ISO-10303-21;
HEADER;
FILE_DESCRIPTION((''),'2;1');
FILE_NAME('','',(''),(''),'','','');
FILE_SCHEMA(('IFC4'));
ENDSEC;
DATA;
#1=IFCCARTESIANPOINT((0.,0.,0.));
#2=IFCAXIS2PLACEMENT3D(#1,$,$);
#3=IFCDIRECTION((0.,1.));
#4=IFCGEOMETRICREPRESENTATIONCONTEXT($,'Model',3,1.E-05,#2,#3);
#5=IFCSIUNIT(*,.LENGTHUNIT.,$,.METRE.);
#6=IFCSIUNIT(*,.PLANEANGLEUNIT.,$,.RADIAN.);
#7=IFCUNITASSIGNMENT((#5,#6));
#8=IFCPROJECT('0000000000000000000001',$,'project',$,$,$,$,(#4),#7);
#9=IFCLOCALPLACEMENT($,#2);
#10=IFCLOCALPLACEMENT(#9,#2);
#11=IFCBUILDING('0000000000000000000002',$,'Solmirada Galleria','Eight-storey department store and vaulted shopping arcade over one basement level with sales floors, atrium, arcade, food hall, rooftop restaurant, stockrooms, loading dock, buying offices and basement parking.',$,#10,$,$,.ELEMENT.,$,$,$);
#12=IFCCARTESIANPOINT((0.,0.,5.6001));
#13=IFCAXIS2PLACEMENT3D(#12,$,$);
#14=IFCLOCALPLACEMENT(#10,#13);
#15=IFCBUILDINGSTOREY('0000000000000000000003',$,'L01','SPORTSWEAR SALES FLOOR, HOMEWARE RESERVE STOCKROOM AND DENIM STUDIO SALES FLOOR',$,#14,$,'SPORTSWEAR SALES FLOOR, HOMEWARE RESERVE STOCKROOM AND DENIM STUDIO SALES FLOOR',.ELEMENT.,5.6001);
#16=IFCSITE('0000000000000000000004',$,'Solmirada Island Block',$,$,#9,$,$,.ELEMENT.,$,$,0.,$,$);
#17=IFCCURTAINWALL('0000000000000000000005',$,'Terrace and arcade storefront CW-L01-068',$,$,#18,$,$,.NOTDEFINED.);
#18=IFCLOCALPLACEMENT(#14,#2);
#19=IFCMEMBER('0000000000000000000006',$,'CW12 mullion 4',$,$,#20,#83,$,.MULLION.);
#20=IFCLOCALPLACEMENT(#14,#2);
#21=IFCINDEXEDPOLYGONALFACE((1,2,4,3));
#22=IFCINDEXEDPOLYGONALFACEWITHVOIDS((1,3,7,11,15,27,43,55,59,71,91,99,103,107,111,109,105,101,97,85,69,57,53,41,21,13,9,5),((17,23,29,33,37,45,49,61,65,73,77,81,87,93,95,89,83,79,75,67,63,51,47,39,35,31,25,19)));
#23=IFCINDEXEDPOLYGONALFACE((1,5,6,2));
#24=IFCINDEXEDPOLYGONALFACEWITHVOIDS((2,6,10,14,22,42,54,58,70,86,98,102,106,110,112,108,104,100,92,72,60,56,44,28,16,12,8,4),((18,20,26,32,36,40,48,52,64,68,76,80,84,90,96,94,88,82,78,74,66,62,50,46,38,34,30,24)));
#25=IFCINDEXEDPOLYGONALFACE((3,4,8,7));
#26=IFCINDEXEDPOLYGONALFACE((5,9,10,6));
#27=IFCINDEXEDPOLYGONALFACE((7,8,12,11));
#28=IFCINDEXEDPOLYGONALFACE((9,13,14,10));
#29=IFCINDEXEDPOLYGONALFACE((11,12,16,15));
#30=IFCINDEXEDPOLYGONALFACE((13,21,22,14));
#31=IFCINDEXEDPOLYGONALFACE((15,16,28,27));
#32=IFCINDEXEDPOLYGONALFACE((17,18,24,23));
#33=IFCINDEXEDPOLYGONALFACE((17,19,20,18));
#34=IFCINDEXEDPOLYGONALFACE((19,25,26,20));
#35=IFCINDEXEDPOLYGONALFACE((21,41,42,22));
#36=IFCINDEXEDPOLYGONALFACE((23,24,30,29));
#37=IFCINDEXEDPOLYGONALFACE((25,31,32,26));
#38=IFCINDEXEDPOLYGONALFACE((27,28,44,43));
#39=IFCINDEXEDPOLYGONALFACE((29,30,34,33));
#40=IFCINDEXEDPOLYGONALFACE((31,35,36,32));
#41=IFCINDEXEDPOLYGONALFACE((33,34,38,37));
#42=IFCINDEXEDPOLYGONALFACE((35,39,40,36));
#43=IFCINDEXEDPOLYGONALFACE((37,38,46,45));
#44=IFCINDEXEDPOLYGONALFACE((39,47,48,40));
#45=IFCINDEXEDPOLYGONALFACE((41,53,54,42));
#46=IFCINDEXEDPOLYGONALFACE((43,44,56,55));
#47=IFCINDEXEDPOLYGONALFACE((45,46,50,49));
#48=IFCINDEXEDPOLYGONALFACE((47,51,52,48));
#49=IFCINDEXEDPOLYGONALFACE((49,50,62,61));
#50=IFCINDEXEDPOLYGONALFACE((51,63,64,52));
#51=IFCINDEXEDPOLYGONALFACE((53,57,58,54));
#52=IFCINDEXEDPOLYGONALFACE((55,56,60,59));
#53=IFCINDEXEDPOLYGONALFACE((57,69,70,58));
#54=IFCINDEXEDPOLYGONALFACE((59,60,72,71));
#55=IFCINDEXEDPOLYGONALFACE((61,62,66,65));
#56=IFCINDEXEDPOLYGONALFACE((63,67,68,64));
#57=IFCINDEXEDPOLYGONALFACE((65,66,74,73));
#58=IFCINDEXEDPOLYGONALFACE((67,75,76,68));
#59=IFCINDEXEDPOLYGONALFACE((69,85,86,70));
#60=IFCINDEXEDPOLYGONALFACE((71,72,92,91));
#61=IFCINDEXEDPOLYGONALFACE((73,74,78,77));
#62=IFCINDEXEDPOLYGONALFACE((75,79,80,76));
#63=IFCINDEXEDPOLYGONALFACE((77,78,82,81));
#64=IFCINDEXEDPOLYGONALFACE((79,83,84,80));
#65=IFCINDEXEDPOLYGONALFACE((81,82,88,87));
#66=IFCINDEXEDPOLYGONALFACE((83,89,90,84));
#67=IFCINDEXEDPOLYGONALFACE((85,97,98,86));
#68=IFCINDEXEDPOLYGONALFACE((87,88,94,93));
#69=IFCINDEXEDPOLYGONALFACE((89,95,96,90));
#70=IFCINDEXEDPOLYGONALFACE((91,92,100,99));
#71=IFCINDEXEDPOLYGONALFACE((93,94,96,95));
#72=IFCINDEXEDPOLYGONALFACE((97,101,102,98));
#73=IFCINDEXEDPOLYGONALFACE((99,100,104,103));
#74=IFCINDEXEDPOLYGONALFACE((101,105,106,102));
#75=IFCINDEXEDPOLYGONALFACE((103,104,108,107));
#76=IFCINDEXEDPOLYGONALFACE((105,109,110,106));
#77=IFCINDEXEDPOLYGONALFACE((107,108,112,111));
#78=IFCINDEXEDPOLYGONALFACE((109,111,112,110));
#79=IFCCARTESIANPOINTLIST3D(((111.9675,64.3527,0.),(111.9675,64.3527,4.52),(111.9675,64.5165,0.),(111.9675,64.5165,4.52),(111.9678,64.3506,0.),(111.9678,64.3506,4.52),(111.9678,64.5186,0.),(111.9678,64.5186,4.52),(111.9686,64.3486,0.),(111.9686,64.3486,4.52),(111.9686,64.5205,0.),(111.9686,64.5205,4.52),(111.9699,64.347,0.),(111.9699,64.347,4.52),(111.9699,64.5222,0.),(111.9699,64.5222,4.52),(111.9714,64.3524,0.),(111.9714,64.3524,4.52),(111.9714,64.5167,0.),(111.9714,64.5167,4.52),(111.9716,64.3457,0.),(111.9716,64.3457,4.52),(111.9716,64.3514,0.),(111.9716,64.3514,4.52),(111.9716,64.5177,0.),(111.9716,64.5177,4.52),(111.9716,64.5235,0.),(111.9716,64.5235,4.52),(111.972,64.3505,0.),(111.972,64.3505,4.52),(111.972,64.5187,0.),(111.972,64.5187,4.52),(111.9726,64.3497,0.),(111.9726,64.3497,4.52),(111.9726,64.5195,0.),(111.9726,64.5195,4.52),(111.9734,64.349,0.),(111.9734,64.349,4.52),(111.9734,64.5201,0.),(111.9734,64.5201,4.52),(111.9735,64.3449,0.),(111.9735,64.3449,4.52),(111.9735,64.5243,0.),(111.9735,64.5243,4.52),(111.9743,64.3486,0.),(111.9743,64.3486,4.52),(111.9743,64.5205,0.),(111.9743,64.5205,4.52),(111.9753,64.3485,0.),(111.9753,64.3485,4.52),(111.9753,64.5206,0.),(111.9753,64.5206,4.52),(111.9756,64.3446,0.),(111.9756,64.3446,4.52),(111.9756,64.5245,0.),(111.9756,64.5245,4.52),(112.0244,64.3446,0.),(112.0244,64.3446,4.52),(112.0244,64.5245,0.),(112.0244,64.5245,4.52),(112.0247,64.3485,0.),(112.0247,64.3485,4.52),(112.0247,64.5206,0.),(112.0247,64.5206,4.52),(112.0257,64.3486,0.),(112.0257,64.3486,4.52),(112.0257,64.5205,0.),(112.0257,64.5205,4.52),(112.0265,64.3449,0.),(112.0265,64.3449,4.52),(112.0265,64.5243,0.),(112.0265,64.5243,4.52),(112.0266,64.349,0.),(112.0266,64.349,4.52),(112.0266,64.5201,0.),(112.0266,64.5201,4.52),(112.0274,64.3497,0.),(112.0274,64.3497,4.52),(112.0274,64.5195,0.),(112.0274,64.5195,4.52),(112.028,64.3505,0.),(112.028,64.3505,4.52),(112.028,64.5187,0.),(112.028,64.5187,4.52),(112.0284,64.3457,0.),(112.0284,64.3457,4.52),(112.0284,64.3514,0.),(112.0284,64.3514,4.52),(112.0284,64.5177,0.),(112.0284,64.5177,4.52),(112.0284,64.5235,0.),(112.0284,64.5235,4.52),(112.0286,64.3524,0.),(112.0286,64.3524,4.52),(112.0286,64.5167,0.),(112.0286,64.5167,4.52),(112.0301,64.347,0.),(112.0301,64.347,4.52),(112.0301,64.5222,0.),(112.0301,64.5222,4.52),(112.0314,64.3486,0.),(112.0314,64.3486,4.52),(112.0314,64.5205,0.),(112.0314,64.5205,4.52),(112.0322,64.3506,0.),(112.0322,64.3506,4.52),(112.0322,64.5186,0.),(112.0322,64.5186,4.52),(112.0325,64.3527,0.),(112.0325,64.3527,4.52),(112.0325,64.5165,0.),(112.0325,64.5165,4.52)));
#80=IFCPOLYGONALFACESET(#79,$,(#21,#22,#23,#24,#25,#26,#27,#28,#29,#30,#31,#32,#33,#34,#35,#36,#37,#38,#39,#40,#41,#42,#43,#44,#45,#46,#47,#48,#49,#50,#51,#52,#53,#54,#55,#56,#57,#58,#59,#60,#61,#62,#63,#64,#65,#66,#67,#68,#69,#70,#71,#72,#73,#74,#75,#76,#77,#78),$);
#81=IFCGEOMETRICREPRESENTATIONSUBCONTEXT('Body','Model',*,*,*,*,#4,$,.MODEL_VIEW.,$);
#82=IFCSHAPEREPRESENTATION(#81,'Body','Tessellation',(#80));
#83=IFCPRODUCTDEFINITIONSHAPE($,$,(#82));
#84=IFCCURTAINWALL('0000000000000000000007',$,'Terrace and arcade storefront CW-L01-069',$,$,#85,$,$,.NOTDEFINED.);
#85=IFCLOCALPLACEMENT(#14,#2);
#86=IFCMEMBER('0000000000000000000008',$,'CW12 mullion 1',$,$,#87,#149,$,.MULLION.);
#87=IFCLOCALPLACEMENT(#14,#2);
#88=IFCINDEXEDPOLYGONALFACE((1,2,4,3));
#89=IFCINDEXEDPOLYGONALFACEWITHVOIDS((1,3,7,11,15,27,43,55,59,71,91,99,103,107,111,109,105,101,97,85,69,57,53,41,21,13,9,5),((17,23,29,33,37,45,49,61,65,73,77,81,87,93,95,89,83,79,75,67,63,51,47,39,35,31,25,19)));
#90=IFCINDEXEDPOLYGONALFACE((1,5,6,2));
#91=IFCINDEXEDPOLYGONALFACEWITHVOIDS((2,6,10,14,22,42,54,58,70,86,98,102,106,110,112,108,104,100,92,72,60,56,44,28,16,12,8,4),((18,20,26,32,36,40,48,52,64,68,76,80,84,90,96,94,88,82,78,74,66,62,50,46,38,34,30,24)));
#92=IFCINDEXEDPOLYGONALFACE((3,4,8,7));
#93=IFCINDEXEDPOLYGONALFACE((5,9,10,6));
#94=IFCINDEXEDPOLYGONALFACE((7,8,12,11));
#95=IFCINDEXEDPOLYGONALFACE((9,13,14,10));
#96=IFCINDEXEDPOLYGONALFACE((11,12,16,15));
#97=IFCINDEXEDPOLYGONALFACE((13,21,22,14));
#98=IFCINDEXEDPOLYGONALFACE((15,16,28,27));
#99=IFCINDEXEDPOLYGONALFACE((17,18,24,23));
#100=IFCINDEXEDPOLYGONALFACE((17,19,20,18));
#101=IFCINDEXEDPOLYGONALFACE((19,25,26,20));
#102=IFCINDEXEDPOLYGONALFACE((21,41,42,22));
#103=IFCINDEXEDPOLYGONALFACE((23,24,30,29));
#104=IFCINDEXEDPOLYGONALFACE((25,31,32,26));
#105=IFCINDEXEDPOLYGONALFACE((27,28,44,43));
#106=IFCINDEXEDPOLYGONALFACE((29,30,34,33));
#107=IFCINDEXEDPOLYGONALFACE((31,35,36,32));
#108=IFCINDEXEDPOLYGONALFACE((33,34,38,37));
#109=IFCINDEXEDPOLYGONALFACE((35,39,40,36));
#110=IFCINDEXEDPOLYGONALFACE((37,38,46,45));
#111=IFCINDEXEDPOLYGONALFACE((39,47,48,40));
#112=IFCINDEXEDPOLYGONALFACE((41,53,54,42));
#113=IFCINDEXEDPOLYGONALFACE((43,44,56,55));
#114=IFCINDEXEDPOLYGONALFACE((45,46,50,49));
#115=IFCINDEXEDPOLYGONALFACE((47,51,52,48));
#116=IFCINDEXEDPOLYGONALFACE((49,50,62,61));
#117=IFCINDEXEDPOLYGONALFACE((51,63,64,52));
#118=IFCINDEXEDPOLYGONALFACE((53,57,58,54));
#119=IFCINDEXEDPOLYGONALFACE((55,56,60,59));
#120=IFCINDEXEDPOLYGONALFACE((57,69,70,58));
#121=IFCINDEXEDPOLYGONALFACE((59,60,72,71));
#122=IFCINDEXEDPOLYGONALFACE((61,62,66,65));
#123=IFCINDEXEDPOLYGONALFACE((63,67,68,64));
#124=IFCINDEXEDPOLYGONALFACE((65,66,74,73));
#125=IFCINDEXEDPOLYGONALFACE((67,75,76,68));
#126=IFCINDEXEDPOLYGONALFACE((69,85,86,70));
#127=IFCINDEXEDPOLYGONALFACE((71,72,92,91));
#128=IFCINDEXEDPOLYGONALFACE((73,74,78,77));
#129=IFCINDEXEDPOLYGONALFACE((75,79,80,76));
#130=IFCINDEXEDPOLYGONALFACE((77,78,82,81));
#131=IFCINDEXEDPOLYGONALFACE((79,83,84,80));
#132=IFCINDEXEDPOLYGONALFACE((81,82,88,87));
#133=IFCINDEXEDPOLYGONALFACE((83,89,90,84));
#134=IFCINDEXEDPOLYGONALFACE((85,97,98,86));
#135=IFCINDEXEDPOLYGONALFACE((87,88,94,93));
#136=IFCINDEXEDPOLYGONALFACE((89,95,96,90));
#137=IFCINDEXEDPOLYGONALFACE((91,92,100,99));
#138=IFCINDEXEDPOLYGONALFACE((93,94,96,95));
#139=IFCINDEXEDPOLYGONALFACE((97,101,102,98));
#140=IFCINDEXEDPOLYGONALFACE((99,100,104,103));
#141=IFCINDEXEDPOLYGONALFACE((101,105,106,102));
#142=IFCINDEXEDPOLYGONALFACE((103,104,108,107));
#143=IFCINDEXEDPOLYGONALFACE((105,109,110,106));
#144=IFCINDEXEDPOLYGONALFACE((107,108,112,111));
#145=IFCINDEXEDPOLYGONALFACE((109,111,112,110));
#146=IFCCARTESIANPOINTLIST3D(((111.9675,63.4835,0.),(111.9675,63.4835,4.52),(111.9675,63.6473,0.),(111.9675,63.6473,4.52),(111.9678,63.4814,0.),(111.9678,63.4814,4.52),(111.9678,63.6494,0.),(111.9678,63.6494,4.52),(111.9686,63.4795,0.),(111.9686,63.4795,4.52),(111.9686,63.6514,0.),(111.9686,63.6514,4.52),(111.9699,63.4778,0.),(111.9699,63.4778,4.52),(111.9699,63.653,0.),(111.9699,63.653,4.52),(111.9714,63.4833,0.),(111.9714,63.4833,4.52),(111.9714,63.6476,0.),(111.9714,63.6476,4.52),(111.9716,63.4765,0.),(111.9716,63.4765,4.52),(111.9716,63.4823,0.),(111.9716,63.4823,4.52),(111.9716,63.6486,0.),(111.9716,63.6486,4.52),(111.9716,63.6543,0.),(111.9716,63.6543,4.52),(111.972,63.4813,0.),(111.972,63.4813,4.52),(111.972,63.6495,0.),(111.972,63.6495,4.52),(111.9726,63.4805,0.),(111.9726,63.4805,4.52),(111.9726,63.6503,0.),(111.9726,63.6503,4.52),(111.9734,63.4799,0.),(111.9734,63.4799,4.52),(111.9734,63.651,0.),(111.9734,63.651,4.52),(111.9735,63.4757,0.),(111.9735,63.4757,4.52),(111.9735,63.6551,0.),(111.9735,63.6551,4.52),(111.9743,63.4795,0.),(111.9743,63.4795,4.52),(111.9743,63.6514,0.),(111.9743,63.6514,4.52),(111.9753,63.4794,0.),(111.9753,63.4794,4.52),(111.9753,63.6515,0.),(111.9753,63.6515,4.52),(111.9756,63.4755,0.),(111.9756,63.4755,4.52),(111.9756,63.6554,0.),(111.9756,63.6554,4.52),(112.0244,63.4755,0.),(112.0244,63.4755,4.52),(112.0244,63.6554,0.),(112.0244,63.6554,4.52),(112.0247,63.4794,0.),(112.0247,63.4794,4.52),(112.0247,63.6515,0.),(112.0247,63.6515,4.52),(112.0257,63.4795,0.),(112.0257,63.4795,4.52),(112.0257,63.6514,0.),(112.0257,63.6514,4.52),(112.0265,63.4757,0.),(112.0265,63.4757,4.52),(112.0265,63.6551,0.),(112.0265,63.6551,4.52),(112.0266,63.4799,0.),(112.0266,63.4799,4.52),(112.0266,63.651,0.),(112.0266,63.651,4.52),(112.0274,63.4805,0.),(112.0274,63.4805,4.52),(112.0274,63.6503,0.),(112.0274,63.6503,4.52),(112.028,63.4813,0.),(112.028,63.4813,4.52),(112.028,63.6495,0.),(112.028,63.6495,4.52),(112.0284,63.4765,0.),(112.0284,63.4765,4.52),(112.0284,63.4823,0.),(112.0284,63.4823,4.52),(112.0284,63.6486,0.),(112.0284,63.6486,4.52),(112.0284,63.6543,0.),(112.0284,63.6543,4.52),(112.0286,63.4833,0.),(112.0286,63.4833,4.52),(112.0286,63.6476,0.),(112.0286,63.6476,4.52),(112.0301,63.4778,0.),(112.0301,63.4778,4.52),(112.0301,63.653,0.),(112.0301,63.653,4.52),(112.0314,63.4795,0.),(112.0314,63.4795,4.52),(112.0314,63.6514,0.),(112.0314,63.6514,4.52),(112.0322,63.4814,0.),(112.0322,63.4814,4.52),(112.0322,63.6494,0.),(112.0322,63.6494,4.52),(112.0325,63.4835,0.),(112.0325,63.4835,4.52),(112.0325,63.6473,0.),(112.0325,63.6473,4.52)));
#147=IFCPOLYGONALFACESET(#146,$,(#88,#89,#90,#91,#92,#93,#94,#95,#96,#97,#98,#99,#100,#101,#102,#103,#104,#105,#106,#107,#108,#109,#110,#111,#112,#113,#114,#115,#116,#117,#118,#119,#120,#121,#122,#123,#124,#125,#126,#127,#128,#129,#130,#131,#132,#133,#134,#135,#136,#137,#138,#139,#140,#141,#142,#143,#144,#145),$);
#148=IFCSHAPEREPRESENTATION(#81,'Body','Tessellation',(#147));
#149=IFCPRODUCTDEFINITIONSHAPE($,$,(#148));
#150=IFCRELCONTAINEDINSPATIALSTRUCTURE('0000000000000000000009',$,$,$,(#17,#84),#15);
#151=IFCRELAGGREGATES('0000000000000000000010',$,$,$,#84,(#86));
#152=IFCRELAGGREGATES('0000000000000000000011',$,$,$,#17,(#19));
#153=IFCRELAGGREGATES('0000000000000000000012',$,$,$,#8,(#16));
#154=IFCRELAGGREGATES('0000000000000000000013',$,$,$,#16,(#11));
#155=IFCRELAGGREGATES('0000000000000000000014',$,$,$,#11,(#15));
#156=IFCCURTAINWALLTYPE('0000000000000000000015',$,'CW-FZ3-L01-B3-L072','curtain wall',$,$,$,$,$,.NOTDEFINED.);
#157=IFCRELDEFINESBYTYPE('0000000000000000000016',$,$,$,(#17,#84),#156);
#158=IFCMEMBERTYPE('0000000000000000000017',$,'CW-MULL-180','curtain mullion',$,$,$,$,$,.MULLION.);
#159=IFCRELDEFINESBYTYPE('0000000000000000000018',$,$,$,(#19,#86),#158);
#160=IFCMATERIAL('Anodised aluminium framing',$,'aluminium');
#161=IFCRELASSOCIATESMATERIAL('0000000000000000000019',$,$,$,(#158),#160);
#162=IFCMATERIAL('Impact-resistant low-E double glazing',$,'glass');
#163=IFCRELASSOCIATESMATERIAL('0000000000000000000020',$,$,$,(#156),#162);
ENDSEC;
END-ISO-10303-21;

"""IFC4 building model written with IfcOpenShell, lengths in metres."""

from ifc_helpers import new_model, si_unit, direction, frame, origin, origin_2d, place, context, subcontext, project, spatial, hollow_rectangle, extrude, material, material_profile, profile_set, type_object, element, aggregate, save


model = new_model("IFC4")

# Units and contexts
model_context = context("Model", 3, precision=1e-05, world=origin(), true_north=direction((0.0, 1.0)))
body_context = subcontext(model_context, "Body", "Model", "MODEL_VIEW")
ifc_project = project(units=[si_unit("LENGTHUNIT", "METRE"), si_unit("PLANEANGLEUNIT", "RADIAN")], contexts=[model_context])

# Site, building, storey
site_placement = place(None, origin())
site = spatial("IfcSite", under=ifc_project, at=site_placement, Name="Solmirada Island Block", CompositionType="ELEMENT", RefElevation=0.0)
building_placement = place(site_placement, origin())
building = spatial("IfcBuilding", under=site, at=building_placement, Name="Solmirada Galleria", Description="Eight-storey department store and vaulted shopping arcade over one basement level with sales floors, atrium, arcade, food hall, rooftop restaurant, stockrooms, loading dock, buying offices and basement parking.", CompositionType="ELEMENT")
storey_placement = place(building_placement, frame((0.0, 0.0, 5.6001)))
storey = spatial("IfcBuildingStorey", under=building, at=storey_placement, Name="L01", Description="SPORTSWEAR SALES FLOOR, HOMEWARE RESERVE STOCKROOM AND DENIM STUDIO SALES FLOOR", LongName="SPORTSWEAR SALES FLOOR, HOMEWARE RESERVE STOCKROOM AND DENIM STUDIO SALES FLOOR", CompositionType="ELEMENT", Elevation=5.6001)

# Shared definitions
ifc_material_1 = material(Name="Impact-resistant low-E double glazing", Category="glass")
ifc_material_2 = material(Name="Anodised aluminium framing", Category="aluminium")
ifc_material_profile_1 = material_profile(ifc_material_2, hollow_rectangle(XDim=0.0649, YDim=0.1799, WallThickness=0.0039, InnerFilletRadius=0.0039, OuterFilletRadius=0.0081, at=origin_2d()), Name="ALU-MULL-180X65")
ifc_profile_set_1 = profile_set([ifc_material_profile_1], Name="Anodised aluminium framing")
member_type_1 = type_object("IfcMemberType", Name="CW-MULL-180", Description="curtain mullion", PredefinedType="MULLION", material=ifc_profile_set_1)

# Curtain wall, member
curtain_wall_type_1 = type_object("IfcCurtainWallType", Name="CW-FZ3-L01-B3-L072", Description="curtain wall", PredefinedType="NOTDEFINED", material=ifc_material_1)
curtain_wall_1_placement = place(storey_placement, origin())
curtain_wall_1 = element("IfcCurtainWall", 1, at=curtain_wall_1_placement, inside=storey, type_object=curtain_wall_type_1, Name="Terrace and arcade storefront CW-L01-068", PredefinedType="NOTDEFINED")
member_1_placement = place(storey_placement, frame((112.0, 64.4346, 0.0), z_axis=(0.0, 0.0, 1.0), x_axis=(1.0, 0.0, 0.0)))
member_1 = element("IfcMember", 2, at=member_1_placement, type_object=member_type_1, Name="CW12 mullion 4", PredefinedType="MULLION", context=body_context, shape_type="SweptSolid", body=[
    extrude(hollow_rectangle(XDim=0.0649, YDim=0.1799, WallThickness=0.0039, InnerFilletRadius=0.0039, OuterFilletRadius=0.0081, at=origin_2d()), origin(), (0.0, 0.0, 1.0), 4.52),
])

# Curtain wall, member
curtain_wall_2_placement = place(storey_placement, origin())
curtain_wall_2 = element("IfcCurtainWall", 3, at=curtain_wall_2_placement, inside=storey, type_object=curtain_wall_type_1, Name="Terrace and arcade storefront CW-L01-069", PredefinedType="NOTDEFINED")
member_2_placement = place(storey_placement, frame((112.0, 63.5654, 0.0), z_axis=(0.0, 0.0, 1.0), x_axis=(1.0, 0.0, 0.0)))
member_2 = element("IfcMember", 4, at=member_2_placement, type_object=member_type_1, Name="CW12 mullion 1", PredefinedType="MULLION", context=body_context, shape_type="SweptSolid", body=[
    extrude(hollow_rectangle(XDim=0.0649, YDim=0.1799, WallThickness=0.0039, InnerFilletRadius=0.0039, OuterFilletRadius=0.0081, at=origin_2d()), origin(), (0.0, 0.0, 1.0), 4.52),
])

aggregate(curtain_wall_2, [member_2])

aggregate(curtain_wall_1, [member_1])

save(model, "model.ifc")
